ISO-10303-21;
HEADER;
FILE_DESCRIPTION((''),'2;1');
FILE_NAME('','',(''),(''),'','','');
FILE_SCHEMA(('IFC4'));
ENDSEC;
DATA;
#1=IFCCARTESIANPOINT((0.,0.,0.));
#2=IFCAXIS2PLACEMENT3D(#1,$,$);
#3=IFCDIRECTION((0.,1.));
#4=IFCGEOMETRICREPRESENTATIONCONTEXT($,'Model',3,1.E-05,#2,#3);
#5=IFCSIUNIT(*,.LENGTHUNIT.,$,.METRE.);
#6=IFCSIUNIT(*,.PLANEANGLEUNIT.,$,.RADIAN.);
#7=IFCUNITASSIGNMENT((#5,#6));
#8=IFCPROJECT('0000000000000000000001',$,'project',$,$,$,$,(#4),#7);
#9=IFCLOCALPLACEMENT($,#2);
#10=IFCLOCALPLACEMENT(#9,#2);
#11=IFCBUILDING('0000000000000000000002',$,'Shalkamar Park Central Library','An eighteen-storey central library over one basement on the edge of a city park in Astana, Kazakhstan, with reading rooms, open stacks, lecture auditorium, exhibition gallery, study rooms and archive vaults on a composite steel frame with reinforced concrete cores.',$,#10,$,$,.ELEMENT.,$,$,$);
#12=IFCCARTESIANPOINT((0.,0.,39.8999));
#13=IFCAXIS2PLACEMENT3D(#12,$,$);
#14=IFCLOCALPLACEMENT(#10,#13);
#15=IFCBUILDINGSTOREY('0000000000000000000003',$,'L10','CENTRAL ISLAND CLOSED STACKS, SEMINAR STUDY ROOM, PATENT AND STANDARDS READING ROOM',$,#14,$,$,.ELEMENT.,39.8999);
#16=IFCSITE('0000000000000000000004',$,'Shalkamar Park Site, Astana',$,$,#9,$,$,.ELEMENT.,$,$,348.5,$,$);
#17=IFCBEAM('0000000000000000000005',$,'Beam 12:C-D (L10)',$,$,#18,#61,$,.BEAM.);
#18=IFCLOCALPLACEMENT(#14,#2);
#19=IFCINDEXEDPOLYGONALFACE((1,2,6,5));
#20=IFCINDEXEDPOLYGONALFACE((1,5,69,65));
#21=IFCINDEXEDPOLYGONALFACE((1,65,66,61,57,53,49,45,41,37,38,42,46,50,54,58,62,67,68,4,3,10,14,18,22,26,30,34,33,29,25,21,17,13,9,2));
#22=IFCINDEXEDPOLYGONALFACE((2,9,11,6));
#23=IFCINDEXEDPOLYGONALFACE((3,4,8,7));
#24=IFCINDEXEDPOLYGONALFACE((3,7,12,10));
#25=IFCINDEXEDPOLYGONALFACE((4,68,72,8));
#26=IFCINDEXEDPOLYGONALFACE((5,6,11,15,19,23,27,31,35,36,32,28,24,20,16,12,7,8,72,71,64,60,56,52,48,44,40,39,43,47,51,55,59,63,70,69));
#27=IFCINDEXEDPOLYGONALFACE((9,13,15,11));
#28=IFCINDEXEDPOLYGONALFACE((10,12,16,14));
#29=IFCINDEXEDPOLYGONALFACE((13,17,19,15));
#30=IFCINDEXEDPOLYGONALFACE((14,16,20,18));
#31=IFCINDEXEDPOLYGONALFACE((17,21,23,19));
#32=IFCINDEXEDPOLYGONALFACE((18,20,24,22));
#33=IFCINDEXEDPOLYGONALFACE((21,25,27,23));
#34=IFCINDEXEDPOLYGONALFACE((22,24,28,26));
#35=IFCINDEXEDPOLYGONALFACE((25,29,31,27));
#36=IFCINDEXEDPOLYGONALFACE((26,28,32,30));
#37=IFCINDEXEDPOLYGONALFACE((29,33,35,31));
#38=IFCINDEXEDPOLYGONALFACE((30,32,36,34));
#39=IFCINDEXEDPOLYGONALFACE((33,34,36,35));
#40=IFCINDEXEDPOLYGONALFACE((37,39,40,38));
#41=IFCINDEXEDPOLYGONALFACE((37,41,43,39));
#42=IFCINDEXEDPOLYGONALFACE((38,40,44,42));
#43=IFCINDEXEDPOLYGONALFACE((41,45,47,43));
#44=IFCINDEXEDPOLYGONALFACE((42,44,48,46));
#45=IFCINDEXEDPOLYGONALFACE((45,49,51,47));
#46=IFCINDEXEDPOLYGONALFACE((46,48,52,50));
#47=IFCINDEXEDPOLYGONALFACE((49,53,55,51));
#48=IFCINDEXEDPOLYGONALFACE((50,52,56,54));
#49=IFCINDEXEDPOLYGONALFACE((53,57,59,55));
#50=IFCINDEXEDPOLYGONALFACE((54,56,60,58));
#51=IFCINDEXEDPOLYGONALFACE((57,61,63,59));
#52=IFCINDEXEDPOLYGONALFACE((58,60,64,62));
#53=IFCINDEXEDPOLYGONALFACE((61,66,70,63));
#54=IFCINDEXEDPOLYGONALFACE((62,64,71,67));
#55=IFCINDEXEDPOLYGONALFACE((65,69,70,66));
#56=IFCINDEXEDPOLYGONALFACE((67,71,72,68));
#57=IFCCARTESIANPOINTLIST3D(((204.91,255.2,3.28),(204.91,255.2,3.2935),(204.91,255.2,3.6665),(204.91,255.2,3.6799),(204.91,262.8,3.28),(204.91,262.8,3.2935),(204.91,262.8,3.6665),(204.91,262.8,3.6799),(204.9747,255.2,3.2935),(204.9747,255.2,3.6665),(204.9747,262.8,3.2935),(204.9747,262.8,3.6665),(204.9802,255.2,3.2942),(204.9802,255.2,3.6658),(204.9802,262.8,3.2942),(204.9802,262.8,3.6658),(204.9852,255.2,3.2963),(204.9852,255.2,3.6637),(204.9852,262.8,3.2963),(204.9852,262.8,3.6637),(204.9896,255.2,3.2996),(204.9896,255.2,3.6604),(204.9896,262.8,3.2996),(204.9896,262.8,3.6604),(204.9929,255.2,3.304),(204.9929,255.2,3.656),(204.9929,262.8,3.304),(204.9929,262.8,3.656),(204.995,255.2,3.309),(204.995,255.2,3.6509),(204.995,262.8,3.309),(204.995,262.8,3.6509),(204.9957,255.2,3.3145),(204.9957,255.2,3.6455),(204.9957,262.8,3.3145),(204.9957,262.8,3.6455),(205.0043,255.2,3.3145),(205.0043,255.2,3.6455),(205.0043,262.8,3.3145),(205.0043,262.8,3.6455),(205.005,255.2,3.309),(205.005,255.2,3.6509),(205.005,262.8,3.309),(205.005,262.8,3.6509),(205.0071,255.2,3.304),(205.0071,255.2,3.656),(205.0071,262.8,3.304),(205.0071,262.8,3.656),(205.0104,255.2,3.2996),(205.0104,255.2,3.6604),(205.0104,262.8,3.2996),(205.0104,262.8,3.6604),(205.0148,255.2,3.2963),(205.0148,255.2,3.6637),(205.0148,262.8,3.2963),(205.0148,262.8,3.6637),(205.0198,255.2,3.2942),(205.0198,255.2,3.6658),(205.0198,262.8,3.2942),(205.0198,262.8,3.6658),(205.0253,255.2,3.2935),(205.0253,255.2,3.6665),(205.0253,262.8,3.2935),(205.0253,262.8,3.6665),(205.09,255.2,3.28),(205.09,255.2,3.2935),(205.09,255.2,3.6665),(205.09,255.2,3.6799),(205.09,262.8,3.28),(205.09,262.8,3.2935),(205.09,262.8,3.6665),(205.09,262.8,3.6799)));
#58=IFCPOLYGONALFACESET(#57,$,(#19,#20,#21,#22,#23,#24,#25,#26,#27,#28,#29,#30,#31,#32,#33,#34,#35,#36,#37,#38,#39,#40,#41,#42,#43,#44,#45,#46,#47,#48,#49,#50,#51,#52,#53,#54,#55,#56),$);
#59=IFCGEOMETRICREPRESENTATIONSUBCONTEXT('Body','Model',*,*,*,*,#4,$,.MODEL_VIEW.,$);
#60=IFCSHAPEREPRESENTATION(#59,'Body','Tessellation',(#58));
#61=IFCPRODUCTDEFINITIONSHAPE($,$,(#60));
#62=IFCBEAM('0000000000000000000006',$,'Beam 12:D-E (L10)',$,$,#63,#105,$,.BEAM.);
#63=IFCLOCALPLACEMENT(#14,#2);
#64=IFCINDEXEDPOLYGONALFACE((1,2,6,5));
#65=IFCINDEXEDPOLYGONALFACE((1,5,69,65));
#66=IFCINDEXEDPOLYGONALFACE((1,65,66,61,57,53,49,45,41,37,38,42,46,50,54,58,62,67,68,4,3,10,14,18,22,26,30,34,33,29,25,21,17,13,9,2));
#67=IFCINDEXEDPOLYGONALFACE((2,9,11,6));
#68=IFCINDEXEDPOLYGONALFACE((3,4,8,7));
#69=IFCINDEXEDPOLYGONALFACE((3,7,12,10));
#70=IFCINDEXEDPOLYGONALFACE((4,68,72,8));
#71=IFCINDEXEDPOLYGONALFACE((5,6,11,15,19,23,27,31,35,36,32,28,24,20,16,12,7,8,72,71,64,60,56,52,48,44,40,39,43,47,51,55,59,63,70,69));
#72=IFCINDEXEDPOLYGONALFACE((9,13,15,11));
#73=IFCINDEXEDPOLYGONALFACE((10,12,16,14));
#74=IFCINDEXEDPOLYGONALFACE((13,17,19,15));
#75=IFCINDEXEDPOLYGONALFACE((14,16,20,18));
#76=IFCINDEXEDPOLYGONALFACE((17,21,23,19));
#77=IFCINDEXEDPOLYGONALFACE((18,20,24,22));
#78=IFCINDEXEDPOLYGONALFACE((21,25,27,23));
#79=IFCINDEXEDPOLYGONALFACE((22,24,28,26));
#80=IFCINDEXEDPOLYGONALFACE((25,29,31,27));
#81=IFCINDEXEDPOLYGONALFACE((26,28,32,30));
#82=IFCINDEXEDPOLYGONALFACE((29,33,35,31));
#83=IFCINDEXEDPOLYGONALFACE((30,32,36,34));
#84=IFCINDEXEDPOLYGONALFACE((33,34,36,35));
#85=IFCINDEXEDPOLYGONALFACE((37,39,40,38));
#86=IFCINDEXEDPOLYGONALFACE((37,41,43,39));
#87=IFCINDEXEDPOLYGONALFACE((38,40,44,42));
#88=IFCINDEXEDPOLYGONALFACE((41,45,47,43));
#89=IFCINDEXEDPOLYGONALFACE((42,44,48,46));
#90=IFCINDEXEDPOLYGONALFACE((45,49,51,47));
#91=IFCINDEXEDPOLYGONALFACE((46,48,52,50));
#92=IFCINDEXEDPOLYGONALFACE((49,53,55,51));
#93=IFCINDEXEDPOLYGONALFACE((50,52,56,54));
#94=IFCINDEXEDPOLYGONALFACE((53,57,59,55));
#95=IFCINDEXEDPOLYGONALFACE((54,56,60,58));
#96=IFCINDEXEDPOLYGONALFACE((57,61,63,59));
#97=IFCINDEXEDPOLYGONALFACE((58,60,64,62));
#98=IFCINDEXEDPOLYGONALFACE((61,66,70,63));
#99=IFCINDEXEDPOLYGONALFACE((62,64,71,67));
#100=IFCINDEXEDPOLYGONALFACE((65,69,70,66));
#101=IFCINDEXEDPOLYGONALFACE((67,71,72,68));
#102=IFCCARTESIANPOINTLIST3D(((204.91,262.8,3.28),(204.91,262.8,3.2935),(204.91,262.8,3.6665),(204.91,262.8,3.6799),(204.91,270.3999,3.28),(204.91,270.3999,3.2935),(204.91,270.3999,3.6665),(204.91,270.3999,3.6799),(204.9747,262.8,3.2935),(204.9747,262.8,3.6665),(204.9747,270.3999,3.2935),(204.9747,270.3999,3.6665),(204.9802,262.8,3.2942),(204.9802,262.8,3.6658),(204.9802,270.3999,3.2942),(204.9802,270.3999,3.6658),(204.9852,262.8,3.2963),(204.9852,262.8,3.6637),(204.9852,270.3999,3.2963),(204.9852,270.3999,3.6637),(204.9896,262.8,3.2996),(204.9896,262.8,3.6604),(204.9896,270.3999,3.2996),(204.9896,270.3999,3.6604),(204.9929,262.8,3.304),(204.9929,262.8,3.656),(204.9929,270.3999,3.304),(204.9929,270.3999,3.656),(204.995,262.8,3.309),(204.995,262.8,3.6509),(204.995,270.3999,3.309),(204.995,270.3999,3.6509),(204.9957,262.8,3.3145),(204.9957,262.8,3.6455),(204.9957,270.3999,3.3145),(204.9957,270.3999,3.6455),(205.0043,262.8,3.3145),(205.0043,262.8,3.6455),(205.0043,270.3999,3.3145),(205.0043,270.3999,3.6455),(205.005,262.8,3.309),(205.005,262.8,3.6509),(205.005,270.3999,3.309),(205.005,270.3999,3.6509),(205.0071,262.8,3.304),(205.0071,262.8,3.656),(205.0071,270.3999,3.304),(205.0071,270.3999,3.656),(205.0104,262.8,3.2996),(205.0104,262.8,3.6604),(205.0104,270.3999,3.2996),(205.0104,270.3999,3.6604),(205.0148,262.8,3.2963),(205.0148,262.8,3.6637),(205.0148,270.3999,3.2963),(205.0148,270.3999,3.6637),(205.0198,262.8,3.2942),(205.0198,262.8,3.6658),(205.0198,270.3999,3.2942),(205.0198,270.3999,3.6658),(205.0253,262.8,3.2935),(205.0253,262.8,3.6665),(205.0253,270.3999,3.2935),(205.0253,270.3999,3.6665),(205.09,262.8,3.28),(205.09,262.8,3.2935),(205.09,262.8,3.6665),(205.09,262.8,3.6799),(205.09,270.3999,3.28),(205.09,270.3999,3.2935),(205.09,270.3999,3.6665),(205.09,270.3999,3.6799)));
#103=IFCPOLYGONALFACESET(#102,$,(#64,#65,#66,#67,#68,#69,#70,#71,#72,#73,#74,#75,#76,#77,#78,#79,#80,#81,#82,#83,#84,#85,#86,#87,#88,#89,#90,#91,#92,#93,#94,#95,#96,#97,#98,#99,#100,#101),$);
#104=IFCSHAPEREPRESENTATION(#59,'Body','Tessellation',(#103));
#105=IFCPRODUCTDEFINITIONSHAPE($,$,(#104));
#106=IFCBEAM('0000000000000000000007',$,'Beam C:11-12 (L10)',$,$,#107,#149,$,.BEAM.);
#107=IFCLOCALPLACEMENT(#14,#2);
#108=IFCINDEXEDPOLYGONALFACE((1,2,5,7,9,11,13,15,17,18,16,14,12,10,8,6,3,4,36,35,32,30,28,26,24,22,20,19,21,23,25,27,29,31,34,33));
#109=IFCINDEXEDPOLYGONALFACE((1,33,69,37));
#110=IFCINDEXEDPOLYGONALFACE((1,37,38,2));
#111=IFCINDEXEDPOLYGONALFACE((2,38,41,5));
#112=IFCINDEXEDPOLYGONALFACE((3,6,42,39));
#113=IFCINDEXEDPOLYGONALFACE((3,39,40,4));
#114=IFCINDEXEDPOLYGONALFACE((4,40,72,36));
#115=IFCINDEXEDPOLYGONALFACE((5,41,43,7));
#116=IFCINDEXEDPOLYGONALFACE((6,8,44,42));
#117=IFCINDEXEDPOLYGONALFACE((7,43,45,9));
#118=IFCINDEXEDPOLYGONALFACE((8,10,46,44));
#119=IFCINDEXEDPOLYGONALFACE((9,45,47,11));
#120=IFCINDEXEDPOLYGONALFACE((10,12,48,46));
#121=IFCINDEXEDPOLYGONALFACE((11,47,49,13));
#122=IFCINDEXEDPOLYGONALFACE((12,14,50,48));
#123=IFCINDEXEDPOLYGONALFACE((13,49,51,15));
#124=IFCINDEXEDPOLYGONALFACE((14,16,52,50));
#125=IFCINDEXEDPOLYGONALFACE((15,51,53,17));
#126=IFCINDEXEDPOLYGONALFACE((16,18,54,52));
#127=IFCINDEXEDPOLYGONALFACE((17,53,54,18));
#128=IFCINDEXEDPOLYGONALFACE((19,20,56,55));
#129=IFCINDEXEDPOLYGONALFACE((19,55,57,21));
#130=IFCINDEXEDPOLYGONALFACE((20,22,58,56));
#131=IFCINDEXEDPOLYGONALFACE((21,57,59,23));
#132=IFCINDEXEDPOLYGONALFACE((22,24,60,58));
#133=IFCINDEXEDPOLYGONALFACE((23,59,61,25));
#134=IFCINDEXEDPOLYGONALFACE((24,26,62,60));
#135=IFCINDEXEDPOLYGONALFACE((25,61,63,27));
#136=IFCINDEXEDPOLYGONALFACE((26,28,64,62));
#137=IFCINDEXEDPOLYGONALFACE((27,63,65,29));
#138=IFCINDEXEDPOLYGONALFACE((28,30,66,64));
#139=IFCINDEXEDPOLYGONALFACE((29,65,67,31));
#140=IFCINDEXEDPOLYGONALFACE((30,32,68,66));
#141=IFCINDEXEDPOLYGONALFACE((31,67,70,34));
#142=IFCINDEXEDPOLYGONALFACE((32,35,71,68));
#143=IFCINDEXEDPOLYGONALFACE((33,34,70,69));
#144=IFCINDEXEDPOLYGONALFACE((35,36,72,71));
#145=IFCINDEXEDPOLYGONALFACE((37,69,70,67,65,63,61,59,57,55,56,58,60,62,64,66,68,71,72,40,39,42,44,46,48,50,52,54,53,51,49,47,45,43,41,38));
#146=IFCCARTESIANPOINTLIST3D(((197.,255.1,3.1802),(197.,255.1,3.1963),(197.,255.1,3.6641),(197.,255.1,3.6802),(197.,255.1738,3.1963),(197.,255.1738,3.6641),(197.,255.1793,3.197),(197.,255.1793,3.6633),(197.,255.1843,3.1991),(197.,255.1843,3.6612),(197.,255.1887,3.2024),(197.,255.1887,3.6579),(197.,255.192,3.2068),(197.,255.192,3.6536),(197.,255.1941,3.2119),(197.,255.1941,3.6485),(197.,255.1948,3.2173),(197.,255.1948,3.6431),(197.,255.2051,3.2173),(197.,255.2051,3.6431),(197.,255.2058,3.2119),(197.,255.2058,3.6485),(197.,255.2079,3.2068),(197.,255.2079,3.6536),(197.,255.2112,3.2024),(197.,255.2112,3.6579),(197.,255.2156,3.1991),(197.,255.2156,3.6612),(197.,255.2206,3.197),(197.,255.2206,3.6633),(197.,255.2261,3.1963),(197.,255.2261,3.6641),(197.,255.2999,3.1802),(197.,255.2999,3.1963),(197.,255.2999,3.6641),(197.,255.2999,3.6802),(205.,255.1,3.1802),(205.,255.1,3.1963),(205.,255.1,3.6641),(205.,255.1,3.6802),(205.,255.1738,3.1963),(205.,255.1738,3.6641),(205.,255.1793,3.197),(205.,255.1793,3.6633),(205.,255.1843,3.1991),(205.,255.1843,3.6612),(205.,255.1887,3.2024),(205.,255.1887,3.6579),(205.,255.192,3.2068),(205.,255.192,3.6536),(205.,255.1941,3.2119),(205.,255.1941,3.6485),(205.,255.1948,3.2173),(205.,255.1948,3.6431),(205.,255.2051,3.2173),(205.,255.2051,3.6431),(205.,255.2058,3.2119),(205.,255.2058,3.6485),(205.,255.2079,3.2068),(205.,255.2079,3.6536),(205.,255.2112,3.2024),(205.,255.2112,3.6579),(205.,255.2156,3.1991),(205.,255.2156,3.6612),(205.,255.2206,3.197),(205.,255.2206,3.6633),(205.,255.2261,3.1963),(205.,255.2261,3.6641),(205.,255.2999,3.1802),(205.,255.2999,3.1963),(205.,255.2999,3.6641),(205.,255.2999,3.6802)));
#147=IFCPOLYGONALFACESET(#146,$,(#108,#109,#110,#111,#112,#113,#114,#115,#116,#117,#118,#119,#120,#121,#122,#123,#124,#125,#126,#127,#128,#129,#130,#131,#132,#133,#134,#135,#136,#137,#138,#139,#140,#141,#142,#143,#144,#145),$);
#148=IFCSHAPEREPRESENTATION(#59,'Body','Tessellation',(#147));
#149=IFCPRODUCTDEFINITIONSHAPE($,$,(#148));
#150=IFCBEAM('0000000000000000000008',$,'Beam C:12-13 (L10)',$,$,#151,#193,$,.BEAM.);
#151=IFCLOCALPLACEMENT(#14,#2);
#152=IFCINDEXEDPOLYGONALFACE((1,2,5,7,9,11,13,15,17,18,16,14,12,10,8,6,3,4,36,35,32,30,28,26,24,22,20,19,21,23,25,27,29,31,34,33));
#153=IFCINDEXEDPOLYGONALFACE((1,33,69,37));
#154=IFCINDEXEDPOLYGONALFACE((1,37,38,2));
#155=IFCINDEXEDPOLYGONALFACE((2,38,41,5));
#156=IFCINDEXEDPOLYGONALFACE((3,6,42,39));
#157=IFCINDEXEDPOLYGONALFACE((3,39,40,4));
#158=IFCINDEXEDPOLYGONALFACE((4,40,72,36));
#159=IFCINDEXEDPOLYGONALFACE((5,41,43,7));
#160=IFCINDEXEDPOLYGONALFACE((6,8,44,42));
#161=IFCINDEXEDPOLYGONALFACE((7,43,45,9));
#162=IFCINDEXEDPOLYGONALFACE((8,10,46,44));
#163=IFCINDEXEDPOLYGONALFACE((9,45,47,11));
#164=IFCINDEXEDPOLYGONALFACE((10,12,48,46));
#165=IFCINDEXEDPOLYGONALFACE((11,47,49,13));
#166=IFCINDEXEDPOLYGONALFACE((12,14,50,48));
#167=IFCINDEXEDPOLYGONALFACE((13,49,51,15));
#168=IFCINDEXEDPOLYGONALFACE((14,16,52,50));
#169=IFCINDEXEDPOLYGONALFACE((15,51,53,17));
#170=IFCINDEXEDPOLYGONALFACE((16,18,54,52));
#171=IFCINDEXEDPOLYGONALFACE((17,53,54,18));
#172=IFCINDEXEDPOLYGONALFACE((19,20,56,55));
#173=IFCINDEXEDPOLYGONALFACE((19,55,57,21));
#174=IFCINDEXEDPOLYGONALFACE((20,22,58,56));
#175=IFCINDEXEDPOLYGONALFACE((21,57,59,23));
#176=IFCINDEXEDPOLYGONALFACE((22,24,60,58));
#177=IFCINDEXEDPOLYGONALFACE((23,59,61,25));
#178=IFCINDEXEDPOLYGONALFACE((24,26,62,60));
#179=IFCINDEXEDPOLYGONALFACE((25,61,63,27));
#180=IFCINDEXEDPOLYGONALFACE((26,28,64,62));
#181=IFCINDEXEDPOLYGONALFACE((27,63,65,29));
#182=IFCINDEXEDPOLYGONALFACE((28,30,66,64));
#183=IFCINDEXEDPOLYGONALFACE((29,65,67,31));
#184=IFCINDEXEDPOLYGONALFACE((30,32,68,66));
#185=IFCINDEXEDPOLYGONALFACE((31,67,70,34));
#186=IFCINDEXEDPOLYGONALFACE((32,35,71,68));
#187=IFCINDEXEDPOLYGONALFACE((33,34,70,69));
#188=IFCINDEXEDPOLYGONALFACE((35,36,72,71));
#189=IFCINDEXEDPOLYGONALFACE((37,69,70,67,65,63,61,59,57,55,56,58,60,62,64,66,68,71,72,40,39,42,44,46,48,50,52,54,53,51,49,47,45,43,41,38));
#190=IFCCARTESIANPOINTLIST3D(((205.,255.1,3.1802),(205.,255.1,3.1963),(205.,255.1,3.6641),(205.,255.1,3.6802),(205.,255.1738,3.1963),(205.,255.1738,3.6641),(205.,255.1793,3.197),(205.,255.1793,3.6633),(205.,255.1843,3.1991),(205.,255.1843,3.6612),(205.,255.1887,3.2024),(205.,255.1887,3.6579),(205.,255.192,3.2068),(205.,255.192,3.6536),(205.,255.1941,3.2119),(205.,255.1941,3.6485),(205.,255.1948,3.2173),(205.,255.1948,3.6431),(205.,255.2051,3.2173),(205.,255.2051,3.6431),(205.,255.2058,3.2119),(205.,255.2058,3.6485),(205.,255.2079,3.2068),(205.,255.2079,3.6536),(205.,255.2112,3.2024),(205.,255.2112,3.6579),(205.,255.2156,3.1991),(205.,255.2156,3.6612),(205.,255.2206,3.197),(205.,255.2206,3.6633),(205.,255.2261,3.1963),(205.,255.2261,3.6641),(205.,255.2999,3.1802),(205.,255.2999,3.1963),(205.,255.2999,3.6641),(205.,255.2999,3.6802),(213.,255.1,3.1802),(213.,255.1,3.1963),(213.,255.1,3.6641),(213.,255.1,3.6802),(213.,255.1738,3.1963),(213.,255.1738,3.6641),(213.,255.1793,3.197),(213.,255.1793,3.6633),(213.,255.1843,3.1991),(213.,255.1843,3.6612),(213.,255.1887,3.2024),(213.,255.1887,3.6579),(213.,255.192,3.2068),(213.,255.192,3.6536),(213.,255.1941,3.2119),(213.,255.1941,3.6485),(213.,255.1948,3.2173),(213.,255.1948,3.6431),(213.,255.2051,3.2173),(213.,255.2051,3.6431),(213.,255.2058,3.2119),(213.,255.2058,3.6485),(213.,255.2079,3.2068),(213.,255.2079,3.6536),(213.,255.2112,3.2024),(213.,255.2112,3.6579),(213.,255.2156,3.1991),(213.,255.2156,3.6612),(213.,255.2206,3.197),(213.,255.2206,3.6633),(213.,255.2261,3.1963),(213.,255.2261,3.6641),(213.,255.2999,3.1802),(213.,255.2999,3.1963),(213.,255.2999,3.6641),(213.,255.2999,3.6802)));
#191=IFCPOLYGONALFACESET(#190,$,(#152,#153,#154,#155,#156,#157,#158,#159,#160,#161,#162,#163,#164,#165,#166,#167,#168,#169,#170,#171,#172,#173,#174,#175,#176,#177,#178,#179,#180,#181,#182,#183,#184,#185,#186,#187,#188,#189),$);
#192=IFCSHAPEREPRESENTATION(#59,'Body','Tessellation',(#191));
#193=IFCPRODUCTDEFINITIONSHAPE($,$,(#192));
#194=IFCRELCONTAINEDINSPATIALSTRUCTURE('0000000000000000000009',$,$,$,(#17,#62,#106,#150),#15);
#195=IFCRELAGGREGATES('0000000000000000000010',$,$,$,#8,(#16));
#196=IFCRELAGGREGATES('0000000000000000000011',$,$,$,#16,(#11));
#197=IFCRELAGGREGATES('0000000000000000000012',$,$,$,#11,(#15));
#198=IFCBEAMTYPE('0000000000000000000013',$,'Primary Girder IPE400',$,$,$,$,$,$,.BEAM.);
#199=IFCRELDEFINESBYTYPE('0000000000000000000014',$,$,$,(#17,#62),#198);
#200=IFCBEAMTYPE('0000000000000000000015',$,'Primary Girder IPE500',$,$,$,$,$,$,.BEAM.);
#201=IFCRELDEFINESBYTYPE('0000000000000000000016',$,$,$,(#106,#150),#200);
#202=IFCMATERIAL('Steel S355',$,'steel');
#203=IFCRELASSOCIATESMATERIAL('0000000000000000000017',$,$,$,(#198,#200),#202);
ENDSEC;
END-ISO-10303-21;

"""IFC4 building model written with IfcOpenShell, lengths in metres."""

from ifc_helpers import new_model, si_unit, direction, frame, origin, origin_2d, place, context, subcontext, project, spatial, i_section, extrude, material, material_profile, profile_set, type_object, element, save


model = new_model("IFC4")

# Units and contexts
model_context = context("Model", 3, precision=1e-05, world=origin(), true_north=direction((0.0, 1.0)))
body_context = subcontext(model_context, "Body", "Model", "MODEL_VIEW")
ifc_project = project(units=[si_unit("LENGTHUNIT", "METRE"), si_unit("PLANEANGLEUNIT", "RADIAN")], contexts=[model_context])

# Site, building, storey
site_placement = place(None, origin())
site = spatial("IfcSite", under=ifc_project, at=site_placement, Name="Shalkamar Park Site, Astana", CompositionType="ELEMENT", RefElevation=348.5)
building_placement = place(site_placement, origin())
building = spatial("IfcBuilding", under=site, at=building_placement, Name="Shalkamar Park Central Library", Description="An eighteen-storey central library over one basement on the edge of a city park in Astana, Kazakhstan, with reading rooms, open stacks, lecture auditorium, exhibition gallery, study rooms and archive vaults on a composite steel frame with reinforced concrete cores.", CompositionType="ELEMENT")
storey_placement = place(building_placement, frame((0.0, 0.0, 39.8999)))
storey = spatial("IfcBuildingStorey", under=building, at=storey_placement, Name="L10", Description="CENTRAL ISLAND CLOSED STACKS, SEMINAR STUDY ROOM, PATENT AND STANDARDS READING ROOM", CompositionType="ELEMENT", Elevation=39.8999)

# Shared definitions
ifc_material_1 = material(Name="Steel S355", Category="steel")

# Beams
ifc_material_profile_1 = material_profile(ifc_material_1, i_section(OverallWidth=0.1799, OverallDepth=0.3999, WebThickness=0.0085, FlangeThickness=0.0134, FilletRadius=0.021, at=origin_2d()), Name="IPE 400")
ifc_profile_set_1 = profile_set([ifc_material_profile_1], Name="Steel S355")
beam_type_1 = type_object("IfcBeamType", Name="Primary Girder IPE400", PredefinedType="BEAM", material=ifc_profile_set_1)
beam_1_placement = place(storey_placement, frame((205.0, 255.2, 3.48), z_axis=(0.0, 1.0, 0.0), x_axis=(-1.0, 0.0, 0.0)))
element("IfcBeam", 1, at=beam_1_placement, inside=storey, type_object=beam_type_1, Name="Beam 12:C-D (L10)", PredefinedType="BEAM", context=body_context, shape_type="SweptSolid", body=[
    extrude(i_section(OverallWidth=0.1799, OverallDepth=0.3999, WebThickness=0.0085, FlangeThickness=0.0134, FilletRadius=0.021, at=origin_2d()), origin(), (0.0, 0.0, 1.0), 7.6001),
])
beam_2_placement = place(storey_placement, frame((205.0, 262.8, 3.48), z_axis=(0.0, 1.0, 0.0), x_axis=(-1.0, 0.0, 0.0)))
element("IfcBeam", 2, at=beam_2_placement, inside=storey, type_object=beam_type_1, Name="Beam 12:D-E (L10)", PredefinedType="BEAM", context=body_context, shape_type="SweptSolid", body=[
    extrude(i_section(OverallWidth=0.1799, OverallDepth=0.3999, WebThickness=0.0085, FlangeThickness=0.0134, FilletRadius=0.021, at=origin_2d()), origin(), (0.0, 0.0, 1.0), 7.5999),
])
ifc_material_profile_2 = material_profile(ifc_material_1, i_section(OverallWidth=0.2, OverallDepth=0.5, WebThickness=0.0103, FlangeThickness=0.0161, FilletRadius=0.021, at=origin_2d()), Name="IPE 500")
ifc_profile_set_2 = profile_set([ifc_material_profile_2], Name="Steel S355")
beam_type_2 = type_object("IfcBeamType", Name="Primary Girder IPE500", PredefinedType="BEAM", material=ifc_profile_set_2)
for number, where, z_axis, x_axis, name in (
    (3, (197.0, 255.2, 3.4302), (1.0, 0.0, 0.0), (0.0, 1.0, 0.0), "Beam C:11-12 (L10)"),
    (4, (205.0, 255.2, 3.4302), (1.0, 0.0, 0.0), (0.0, 1.0, 0.0), "Beam C:12-13 (L10)"),
):
    element("IfcBeam", number, at=place(storey_placement, frame(where, z_axis=z_axis, x_axis=x_axis)), inside=storey, type_object=beam_type_2, Name=name, PredefinedType="BEAM", context=body_context, shape_type="SweptSolid", body=[
        extrude(i_section(OverallWidth=0.2, OverallDepth=0.5, WebThickness=0.0103, FlangeThickness=0.0161, FilletRadius=0.021, at=origin_2d()), origin(), (0.0, 0.0, 1.0), 8.0),
    ])

save(model, "model.ifc")
